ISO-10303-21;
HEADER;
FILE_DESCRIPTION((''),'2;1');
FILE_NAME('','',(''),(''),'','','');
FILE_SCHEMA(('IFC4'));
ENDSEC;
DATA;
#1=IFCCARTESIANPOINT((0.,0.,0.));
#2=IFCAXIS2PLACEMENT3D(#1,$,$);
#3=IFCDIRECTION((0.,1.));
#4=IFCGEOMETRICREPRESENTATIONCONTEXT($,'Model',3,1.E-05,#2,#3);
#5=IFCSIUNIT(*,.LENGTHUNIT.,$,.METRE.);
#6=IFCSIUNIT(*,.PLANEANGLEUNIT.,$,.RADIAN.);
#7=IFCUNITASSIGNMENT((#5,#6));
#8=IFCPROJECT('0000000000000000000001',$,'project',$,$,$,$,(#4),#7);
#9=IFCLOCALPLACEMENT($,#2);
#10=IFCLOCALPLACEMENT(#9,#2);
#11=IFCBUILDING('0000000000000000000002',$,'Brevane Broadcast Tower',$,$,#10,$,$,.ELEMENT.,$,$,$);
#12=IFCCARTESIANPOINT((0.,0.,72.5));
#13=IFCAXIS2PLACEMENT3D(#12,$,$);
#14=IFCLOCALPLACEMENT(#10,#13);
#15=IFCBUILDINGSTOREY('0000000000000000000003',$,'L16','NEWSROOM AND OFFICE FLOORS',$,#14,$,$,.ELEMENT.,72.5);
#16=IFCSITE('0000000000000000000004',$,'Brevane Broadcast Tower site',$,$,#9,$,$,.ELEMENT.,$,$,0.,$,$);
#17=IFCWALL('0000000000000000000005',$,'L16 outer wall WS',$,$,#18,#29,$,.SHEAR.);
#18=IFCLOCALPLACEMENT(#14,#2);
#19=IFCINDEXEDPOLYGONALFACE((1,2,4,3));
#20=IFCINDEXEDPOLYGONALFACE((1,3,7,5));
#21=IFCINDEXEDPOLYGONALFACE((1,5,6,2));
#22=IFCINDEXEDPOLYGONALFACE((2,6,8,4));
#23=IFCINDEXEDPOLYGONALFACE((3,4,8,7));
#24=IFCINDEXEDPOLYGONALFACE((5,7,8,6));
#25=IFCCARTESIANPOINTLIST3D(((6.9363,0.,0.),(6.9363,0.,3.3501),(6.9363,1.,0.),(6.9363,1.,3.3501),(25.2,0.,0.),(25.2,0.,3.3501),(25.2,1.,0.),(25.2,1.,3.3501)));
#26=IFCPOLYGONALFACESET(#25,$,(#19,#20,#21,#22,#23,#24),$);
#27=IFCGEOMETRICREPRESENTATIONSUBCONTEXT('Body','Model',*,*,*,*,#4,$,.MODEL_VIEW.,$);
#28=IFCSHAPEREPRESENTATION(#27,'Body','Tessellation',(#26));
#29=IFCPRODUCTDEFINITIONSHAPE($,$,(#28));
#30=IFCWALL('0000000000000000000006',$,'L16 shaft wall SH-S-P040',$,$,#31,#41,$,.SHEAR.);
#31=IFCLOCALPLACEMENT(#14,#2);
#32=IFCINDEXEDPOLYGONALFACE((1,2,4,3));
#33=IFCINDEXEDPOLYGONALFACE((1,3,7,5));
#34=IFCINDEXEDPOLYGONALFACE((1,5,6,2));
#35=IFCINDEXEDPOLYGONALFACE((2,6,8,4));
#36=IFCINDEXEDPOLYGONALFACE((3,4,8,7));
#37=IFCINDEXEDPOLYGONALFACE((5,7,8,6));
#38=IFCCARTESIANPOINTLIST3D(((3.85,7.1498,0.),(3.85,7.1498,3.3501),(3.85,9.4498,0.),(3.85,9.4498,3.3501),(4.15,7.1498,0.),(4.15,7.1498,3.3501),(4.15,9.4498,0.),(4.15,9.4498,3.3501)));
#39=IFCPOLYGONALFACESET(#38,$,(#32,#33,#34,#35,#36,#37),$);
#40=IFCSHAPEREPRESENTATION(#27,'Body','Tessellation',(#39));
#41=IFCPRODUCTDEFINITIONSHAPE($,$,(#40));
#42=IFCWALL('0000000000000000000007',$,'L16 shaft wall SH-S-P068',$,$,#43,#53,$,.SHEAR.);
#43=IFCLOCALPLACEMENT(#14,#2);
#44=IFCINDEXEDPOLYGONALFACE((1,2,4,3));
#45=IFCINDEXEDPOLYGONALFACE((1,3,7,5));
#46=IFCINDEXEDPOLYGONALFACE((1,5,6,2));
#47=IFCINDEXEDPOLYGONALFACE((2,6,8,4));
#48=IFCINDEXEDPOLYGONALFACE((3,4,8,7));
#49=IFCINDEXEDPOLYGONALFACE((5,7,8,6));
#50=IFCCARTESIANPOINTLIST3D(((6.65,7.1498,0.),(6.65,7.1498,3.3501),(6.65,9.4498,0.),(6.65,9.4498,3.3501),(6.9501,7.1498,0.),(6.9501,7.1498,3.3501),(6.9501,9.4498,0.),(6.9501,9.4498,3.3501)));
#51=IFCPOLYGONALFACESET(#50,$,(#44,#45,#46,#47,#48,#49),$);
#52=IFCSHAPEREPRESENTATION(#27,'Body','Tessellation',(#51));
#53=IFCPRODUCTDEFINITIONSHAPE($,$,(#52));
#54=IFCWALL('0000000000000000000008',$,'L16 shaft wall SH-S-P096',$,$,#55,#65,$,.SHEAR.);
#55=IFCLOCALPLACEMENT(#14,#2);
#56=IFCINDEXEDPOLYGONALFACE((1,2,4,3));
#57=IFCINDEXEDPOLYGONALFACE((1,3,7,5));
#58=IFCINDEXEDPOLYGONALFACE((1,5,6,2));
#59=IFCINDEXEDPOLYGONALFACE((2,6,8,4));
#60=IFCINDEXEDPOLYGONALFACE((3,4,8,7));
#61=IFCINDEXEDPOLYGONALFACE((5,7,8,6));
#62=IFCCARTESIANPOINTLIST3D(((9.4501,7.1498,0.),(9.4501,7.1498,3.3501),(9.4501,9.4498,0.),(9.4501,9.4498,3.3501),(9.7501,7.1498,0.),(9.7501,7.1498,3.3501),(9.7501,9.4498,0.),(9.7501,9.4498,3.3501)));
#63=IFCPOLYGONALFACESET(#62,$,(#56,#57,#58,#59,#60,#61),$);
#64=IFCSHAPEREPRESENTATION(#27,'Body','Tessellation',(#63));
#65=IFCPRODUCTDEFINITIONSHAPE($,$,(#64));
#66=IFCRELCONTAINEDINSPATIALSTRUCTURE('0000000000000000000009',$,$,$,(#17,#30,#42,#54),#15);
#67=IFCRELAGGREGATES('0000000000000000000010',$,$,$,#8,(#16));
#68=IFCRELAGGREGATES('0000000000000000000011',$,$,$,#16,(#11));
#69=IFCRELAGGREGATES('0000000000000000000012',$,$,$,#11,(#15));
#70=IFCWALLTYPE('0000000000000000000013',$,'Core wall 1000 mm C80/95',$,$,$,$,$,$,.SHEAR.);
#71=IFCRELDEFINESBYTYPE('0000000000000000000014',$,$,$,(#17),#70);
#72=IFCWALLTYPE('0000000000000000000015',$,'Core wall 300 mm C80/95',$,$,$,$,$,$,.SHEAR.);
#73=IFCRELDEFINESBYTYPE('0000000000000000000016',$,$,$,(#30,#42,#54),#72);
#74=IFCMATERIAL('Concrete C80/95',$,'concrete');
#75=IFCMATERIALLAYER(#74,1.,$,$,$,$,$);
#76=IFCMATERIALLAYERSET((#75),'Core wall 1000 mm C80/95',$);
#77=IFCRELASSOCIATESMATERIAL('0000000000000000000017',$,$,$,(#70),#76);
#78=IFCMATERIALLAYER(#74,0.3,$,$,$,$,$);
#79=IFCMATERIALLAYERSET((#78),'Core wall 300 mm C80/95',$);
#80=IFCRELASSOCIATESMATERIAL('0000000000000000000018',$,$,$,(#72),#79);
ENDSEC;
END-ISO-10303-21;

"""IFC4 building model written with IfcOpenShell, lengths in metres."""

from ifc_helpers import new_model, si_unit, direction, frame, frame_2d, origin, place, context, subcontext, project, spatial, rectangle, extrude, material, layer, layer_set, type_object, element, save


model = new_model("IFC4")

# Units and contexts
model_context = context("Model", 3, precision=1e-05, world=origin(), true_north=direction((0.0, 1.0)))
body_context = subcontext(model_context, "Body", "Model", "MODEL_VIEW")
ifc_project = project(units=[si_unit("LENGTHUNIT", "METRE"), si_unit("PLANEANGLEUNIT", "RADIAN")], contexts=[model_context])

# Site, building, storey
site_placement = place(None, origin())
site = spatial("IfcSite", under=ifc_project, at=site_placement, Name="Brevane Broadcast Tower site", CompositionType="ELEMENT", RefElevation=0.0)
building_placement = place(site_placement, origin())
building = spatial("IfcBuilding", under=site, at=building_placement, Name="Brevane Broadcast Tower", CompositionType="ELEMENT")
storey_placement = place(building_placement, frame((0.0, 0.0, 72.5)))
storey = spatial("IfcBuildingStorey", under=building, at=storey_placement, Name="L16", Description="NEWSROOM AND OFFICE FLOORS", CompositionType="ELEMENT", Elevation=72.5)

# Walls
ifc_material_1 = material(Name="Concrete C80/95", Category="concrete")
ifc_layer_1 = layer(ifc_material_1, 1.0)
ifc_layer_set_1 = layer_set([ifc_layer_1], Name="Core wall 1000 mm C80/95")
wall_type_1 = type_object("IfcWallType", Name="Core wall 1000 mm C80/95", PredefinedType="SHEAR", material=ifc_layer_set_1)
wall_1_placement = place(storey_placement, frame((6.9363, 0.5, 0.0), z_axis=(0.0, 0.0, 1.0), x_axis=(1.0, 0.0, 0.0)))
element("IfcWall", 1, at=wall_1_placement, inside=storey, type_object=wall_type_1, Name="L16 outer wall WS", PredefinedType="SHEAR", context=body_context, shape_type="SweptSolid", body=[
    extrude(rectangle(XDim=18.2637, YDim=1.0, at=frame_2d((9.1318, 0.0))), origin(), (0.0, 0.0, 1.0), 3.3501),
])
ifc_layer_2 = layer(ifc_material_1, 0.3)
ifc_layer_set_2 = layer_set([ifc_layer_2], Name="Core wall 300 mm C80/95")
wall_type_2 = type_object("IfcWallType", Name="Core wall 300 mm C80/95", PredefinedType="SHEAR", material=ifc_layer_set_2)
for number, where, z_axis, x_axis, name in (
    (2, (4.0, 7.1499, 0.0), (0.0, 0.0, 1.0), (0.0, 1.0, 0.0), "L16 shaft wall SH-S-P040"),
    (3, (6.8, 7.1499, 0.0), (0.0, 0.0, 1.0), (0.0, 1.0, 0.0), "L16 shaft wall SH-S-P068"),
    (4, (9.6001, 7.1499, 0.0), (0.0, 0.0, 1.0), (0.0, 1.0, 0.0), "L16 shaft wall SH-S-P096"),
):
    element("IfcWall", number, at=place(storey_placement, frame(where, z_axis=z_axis, x_axis=x_axis)), inside=storey, type_object=wall_type_2, Name=name, PredefinedType="SHEAR", context=body_context, shape_type="SweptSolid", body=[
        extrude(rectangle(XDim=2.3, YDim=0.3, at=frame_2d((1.1499, 0.0))), origin(), (0.0, 0.0, 1.0), 3.3501),
    ])

save(model, "model.ifc")
